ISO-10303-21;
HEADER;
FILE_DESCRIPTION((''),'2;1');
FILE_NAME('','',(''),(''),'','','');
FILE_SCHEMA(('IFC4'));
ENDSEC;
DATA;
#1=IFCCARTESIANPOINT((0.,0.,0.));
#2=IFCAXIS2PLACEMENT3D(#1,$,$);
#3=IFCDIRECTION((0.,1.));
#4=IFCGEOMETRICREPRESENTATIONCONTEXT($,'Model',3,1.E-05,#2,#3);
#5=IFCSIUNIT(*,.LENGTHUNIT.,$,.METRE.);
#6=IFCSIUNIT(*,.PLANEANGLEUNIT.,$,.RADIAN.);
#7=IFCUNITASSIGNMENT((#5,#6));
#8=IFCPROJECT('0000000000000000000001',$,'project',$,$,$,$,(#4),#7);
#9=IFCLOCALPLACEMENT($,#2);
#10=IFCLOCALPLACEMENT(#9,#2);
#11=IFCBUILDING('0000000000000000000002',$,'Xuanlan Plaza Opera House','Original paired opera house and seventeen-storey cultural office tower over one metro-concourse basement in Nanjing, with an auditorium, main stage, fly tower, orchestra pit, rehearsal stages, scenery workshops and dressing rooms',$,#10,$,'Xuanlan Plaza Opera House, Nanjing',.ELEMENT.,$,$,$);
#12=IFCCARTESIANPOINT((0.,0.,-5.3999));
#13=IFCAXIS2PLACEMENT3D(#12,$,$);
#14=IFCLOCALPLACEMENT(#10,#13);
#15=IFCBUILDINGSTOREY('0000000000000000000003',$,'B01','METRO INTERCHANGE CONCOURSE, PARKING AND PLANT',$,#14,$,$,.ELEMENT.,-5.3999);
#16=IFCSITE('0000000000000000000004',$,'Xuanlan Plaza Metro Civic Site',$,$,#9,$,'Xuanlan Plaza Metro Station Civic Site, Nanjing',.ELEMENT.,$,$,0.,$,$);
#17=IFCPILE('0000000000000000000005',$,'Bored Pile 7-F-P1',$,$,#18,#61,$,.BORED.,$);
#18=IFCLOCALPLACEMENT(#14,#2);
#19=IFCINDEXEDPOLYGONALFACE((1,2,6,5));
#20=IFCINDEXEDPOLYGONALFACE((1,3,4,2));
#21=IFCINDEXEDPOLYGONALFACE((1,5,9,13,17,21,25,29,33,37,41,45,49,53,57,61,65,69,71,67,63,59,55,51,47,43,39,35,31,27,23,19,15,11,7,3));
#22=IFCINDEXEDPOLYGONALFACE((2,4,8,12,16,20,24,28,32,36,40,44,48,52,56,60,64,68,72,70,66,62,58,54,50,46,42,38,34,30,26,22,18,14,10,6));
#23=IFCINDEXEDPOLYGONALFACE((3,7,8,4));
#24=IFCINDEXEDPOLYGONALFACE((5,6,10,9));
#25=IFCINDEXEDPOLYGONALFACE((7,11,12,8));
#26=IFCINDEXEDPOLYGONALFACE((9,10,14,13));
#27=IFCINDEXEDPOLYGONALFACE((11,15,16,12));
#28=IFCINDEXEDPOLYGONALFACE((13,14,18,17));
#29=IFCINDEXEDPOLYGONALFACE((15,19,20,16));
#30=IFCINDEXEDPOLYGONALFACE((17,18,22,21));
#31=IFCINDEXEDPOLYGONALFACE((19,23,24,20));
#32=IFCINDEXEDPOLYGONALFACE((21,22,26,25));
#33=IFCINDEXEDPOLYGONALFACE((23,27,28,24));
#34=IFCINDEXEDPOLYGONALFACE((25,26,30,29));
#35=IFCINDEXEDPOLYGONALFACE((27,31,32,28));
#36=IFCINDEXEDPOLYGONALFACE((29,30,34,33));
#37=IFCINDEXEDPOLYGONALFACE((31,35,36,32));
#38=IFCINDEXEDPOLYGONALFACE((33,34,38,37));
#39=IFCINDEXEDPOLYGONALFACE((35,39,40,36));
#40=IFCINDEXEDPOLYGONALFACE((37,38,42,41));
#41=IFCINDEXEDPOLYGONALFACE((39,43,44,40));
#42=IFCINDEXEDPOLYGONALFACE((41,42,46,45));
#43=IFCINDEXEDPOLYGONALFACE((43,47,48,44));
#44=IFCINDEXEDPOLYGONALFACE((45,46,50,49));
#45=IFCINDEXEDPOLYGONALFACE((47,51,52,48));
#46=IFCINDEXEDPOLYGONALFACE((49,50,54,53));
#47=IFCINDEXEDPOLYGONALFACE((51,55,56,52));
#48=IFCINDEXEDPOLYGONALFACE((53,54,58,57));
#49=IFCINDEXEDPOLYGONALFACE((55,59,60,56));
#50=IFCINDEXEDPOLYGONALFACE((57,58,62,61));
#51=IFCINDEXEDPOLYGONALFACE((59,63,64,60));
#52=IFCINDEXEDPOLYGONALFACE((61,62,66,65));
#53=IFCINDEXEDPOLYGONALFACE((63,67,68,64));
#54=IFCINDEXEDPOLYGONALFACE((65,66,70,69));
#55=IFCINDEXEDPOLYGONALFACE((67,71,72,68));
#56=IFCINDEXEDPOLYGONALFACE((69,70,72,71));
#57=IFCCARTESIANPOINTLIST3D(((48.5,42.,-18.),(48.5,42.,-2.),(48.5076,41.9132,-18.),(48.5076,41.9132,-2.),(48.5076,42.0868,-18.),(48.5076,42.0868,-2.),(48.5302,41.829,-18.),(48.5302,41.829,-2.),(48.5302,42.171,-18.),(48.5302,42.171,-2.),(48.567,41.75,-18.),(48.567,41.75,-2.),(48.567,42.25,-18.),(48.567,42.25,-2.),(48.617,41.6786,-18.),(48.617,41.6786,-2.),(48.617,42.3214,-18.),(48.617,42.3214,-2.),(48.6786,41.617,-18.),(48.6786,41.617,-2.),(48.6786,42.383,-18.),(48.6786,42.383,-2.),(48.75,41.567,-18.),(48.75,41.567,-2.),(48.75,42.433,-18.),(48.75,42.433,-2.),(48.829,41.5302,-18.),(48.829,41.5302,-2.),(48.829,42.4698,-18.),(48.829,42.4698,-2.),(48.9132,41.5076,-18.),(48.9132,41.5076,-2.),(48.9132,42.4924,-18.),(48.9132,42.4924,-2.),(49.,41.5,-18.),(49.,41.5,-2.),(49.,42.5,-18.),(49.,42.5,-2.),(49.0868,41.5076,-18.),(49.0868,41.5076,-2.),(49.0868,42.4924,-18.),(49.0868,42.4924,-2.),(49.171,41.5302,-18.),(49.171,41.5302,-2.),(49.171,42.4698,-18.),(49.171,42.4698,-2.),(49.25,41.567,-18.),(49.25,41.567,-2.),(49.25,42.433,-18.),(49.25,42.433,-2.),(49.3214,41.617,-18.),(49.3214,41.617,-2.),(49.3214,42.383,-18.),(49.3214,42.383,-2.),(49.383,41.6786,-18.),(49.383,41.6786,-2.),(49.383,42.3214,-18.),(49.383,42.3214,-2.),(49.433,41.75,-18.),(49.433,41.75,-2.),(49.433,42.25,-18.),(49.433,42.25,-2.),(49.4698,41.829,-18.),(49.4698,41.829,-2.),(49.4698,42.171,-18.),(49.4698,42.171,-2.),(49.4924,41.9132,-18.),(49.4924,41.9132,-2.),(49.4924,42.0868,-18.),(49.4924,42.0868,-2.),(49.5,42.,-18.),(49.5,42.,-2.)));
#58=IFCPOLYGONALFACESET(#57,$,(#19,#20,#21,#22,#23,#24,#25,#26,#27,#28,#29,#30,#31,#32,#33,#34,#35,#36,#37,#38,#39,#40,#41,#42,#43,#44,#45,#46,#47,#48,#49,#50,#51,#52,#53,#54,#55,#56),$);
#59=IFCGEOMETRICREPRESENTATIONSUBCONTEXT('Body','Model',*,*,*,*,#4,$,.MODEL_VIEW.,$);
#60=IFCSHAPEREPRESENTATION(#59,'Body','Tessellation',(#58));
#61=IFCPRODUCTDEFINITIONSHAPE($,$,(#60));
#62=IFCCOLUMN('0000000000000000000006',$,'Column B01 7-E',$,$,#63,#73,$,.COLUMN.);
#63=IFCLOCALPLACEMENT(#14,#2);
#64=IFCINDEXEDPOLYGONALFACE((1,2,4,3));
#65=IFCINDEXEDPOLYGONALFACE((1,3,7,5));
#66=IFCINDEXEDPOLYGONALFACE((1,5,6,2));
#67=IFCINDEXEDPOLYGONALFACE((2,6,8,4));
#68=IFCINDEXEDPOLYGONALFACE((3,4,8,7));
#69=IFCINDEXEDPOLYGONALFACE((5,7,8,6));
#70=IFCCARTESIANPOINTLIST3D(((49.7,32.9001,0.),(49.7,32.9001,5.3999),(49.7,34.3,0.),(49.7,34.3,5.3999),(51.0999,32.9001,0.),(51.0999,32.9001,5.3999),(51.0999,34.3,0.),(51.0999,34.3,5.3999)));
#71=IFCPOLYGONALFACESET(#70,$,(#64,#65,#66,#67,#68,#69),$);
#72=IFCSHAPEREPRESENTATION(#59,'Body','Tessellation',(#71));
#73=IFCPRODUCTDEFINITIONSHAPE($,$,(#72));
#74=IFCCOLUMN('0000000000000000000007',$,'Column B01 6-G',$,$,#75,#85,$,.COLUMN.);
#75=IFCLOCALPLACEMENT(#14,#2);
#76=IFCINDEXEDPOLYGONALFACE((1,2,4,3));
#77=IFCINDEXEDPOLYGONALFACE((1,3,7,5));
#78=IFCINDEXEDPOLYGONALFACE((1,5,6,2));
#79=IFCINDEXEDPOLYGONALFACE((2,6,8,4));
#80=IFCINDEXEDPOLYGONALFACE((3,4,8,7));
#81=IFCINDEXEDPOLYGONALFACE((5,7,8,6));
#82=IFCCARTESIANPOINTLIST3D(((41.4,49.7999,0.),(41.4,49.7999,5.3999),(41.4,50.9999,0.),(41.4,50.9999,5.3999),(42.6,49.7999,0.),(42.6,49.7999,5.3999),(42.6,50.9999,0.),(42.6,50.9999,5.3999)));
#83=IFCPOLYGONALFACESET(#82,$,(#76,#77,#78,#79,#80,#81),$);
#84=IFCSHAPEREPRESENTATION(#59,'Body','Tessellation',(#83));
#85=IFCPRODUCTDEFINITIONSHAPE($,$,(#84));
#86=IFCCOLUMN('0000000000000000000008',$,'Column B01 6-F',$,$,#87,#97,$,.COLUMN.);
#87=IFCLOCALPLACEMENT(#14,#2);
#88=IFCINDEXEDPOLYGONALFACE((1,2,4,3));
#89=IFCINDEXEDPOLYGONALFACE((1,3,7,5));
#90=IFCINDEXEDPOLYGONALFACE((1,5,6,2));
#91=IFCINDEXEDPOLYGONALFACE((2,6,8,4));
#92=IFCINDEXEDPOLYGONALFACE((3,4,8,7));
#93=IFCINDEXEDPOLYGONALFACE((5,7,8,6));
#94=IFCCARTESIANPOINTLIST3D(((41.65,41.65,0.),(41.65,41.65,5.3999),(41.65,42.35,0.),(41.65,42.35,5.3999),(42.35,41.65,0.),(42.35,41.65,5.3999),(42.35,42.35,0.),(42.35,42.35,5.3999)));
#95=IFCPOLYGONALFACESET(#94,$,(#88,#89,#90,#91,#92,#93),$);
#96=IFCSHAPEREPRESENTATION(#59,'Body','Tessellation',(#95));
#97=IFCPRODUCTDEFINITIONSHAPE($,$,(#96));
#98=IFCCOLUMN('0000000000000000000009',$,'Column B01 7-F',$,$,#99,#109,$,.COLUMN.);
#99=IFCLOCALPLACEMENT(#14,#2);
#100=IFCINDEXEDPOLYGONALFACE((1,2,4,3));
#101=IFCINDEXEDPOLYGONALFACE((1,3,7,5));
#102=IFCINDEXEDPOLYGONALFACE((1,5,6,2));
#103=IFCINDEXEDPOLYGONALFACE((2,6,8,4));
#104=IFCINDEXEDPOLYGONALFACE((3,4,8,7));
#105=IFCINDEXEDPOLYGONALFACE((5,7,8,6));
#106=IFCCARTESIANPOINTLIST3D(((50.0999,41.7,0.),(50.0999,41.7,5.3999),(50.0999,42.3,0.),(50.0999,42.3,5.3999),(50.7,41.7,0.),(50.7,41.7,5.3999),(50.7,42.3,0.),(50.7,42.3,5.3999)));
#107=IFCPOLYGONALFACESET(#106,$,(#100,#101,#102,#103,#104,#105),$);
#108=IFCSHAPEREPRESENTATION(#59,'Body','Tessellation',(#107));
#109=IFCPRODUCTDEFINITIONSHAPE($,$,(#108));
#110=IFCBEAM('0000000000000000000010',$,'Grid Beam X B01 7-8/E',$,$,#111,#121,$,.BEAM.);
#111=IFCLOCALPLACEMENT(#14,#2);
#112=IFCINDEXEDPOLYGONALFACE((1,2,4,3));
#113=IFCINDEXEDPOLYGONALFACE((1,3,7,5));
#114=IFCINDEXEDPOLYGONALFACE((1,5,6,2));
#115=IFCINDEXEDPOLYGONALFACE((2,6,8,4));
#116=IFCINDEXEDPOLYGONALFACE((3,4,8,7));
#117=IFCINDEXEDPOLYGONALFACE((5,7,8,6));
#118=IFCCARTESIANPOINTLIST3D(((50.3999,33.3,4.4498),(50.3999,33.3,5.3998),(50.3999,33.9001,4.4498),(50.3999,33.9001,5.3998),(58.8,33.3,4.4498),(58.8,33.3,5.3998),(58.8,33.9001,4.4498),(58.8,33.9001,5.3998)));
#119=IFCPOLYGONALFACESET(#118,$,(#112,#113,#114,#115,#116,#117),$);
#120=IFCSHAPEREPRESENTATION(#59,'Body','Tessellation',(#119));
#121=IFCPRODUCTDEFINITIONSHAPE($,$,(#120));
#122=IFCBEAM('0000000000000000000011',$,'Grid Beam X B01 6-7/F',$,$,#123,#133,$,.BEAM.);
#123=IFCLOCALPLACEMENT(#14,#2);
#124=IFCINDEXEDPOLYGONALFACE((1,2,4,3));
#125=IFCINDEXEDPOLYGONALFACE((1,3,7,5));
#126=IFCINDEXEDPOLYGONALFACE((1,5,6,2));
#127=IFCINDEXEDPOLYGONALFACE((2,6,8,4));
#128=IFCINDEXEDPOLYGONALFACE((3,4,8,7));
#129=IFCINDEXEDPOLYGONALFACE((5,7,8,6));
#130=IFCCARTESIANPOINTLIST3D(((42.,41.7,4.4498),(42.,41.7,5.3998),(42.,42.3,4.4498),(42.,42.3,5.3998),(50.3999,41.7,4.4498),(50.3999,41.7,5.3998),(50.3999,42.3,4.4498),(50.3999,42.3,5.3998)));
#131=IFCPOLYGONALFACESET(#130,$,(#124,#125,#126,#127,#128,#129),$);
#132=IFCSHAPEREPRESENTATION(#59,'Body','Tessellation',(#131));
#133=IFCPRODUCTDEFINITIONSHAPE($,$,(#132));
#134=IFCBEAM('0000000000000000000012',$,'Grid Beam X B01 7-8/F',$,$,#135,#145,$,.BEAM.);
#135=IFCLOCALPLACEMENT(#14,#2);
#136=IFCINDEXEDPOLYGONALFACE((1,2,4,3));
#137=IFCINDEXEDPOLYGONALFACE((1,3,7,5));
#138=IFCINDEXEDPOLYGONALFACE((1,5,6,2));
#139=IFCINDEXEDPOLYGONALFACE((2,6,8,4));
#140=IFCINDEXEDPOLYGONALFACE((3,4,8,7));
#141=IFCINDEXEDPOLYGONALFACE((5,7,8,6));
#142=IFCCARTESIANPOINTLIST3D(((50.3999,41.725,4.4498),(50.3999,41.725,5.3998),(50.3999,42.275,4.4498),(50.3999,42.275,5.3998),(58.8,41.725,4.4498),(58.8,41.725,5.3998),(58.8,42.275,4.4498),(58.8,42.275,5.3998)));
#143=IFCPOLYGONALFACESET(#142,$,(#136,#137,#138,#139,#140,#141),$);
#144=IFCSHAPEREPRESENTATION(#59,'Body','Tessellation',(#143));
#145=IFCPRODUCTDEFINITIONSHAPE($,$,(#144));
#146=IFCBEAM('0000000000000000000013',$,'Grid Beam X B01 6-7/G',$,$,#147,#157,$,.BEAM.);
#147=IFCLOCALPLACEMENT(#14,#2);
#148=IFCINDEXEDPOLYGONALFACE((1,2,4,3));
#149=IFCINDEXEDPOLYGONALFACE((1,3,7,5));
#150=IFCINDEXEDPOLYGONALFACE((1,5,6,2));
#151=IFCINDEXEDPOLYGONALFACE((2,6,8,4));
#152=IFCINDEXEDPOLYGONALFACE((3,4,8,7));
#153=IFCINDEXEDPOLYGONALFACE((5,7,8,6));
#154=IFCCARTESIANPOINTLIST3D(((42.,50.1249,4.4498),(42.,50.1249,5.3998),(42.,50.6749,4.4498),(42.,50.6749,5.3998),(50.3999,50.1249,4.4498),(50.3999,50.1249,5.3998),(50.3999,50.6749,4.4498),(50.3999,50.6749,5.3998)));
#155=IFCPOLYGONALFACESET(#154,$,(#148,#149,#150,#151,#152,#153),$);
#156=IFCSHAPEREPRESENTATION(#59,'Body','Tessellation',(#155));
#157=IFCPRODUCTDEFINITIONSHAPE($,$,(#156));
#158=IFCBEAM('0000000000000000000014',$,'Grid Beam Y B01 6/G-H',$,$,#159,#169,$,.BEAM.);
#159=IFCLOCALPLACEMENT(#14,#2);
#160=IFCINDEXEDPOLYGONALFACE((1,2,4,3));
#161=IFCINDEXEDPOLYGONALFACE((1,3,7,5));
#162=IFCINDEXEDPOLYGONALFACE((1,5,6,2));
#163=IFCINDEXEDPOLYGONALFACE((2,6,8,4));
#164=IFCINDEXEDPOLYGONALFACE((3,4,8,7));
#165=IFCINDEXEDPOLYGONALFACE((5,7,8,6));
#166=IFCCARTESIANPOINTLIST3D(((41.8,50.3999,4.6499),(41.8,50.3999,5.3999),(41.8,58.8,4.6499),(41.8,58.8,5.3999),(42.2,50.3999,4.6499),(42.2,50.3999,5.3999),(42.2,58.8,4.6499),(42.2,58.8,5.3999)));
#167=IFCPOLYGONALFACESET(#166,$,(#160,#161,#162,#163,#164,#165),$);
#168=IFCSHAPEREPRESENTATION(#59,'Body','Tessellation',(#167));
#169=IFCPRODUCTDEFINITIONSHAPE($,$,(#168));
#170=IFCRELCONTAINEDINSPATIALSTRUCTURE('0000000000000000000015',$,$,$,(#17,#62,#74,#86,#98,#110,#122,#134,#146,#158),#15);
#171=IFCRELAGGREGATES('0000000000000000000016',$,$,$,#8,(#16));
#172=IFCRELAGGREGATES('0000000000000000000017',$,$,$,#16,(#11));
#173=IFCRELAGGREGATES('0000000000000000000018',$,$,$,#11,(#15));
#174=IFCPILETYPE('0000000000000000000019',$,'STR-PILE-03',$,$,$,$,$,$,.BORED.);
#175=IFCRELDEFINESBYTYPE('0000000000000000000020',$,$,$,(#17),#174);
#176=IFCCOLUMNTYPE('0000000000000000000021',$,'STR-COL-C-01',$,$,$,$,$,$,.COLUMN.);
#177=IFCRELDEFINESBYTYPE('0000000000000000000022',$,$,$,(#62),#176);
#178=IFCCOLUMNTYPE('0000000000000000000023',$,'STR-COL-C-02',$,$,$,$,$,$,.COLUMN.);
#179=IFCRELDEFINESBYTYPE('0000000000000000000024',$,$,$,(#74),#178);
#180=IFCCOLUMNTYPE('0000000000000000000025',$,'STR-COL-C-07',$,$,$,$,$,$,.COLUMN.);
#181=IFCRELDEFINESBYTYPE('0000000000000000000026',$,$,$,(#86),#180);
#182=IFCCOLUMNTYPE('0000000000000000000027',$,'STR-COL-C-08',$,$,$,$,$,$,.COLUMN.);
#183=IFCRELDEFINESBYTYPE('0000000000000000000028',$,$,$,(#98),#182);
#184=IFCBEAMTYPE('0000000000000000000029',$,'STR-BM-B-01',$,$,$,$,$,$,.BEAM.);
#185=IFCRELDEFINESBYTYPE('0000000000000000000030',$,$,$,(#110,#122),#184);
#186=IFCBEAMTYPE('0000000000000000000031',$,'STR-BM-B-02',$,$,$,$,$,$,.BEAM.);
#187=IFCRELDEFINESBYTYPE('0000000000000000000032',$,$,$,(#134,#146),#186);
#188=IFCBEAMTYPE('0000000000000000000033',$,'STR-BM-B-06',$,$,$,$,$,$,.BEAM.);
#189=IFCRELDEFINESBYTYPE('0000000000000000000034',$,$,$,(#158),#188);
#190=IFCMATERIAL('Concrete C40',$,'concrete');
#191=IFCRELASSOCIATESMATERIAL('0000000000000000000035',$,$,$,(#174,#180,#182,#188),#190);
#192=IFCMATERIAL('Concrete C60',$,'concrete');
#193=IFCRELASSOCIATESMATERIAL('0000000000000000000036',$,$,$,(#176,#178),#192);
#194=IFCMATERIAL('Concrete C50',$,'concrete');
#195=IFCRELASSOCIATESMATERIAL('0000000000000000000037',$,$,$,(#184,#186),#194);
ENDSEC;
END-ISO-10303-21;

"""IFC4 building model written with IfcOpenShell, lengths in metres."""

from ifc_helpers import new_model, si_unit, direction, frame, origin, origin_2d, place, context, subcontext, project, spatial, rectangle, circle, extrude, material, material_profile, profile_set, type_object, element, save


model = new_model("IFC4")

# Units and contexts
model_context = context("Model", 3, precision=1e-05, world=origin(), true_north=direction((0.0, 1.0)))
body_context = subcontext(model_context, "Body", "Model", "MODEL_VIEW")
ifc_project = project(units=[si_unit("LENGTHUNIT", "METRE"), si_unit("PLANEANGLEUNIT", "RADIAN")], contexts=[model_context])

# Site, building, storey
site_placement = place(None, origin())
site = spatial("IfcSite", under=ifc_project, at=site_placement, Name="Xuanlan Plaza Metro Civic Site", LongName="Xuanlan Plaza Metro Station Civic Site, Nanjing", CompositionType="ELEMENT", RefElevation=0.0)
building_placement = place(site_placement, origin())
building = spatial("IfcBuilding", under=site, at=building_placement, Name="Xuanlan Plaza Opera House", Description="Original paired opera house and seventeen-storey cultural office tower over one metro-concourse basement in Nanjing, with an auditorium, main stage, fly tower, orchestra pit, rehearsal stages, scenery workshops and dressing rooms", LongName="Xuanlan Plaza Opera House, Nanjing", CompositionType="ELEMENT")
storey_placement = place(building_placement, frame((0.0, 0.0, -5.3999)))
storey = spatial("IfcBuildingStorey", under=building, at=storey_placement, Name="B01", Description="METRO INTERCHANGE CONCOURSE, PARKING AND PLANT", CompositionType="ELEMENT", Elevation=-5.3999)

# Shared definitions
ifc_material_1 = material(Name="Concrete C40", Category="concrete")
ifc_material_2 = material(Name="Concrete C50", Category="concrete")

# Pile
ifc_material_profile_1 = material_profile(ifc_material_1, circle(Radius=0.5, at=origin_2d()), Name="PILE D1000")
ifc_profile_set_1 = profile_set([ifc_material_profile_1], Name="Concrete C40")
pile_type_1 = type_object("IfcPileType", Name="STR-PILE-03", PredefinedType="BORED", material=ifc_profile_set_1)
for number, where, z_axis, x_axis, name in (
    (1, (49.0, 42.0, -2.0), (0.0, 0.0, -1.0), (1.0, 0.0, 0.0), "Bored Pile 7-F-P1"),
):
    element("IfcPile", number, at=place(storey_placement, frame(where, z_axis=z_axis, x_axis=x_axis)), inside=storey, type_object=pile_type_1, Name=name, PredefinedType="BORED", context=body_context, shape_type="SweptSolid", body=[
        extrude(circle(Radius=0.5, at=origin_2d()), origin(), (0.0, 0.0, 1.0), 16.0),
    ])

# Columns
ifc_material_3 = material(Name="Concrete C60", Category="concrete")
ifc_material_profile_2 = material_profile(ifc_material_3, rectangle(XDim=1.3999, YDim=1.3999, at=origin_2d()), Name="RC-COL 1400x1400")
ifc_profile_set_2 = profile_set([ifc_material_profile_2], Name="Concrete C60")
column_type_1 = type_object("IfcColumnType", Name="STR-COL-C-01", PredefinedType="COLUMN", material=ifc_profile_set_2)
column_1_placement = place(storey_placement, frame((50.3999, 33.6001, 0.0), z_axis=(0.0, 0.0, 1.0), x_axis=(1.0, 0.0, 0.0)))
element("IfcColumn", 2, at=column_1_placement, inside=storey, type_object=column_type_1, Name="Column B01 7-E", PredefinedType="COLUMN", context=body_context, shape_type="SweptSolid", body=[
    extrude(rectangle(XDim=1.3999, YDim=1.3999, at=origin_2d()), origin(), (0.0, 0.0, 1.0), 5.3999),
])
ifc_material_profile_3 = material_profile(ifc_material_3, rectangle(XDim=1.2, YDim=1.2, at=origin_2d()), Name="RC-COL 1200x1200")
ifc_profile_set_3 = profile_set([ifc_material_profile_3], Name="Concrete C60")
column_type_2 = type_object("IfcColumnType", Name="STR-COL-C-02", PredefinedType="COLUMN", material=ifc_profile_set_3)
column_2_placement = place(storey_placement, frame((42.0, 50.3999, 0.0), z_axis=(0.0, 0.0, 1.0), x_axis=(1.0, 0.0, 0.0)))
element("IfcColumn", 3, at=column_2_placement, inside=storey, type_object=column_type_2, Name="Column B01 6-G", PredefinedType="COLUMN", context=body_context, shape_type="SweptSolid", body=[
    extrude(rectangle(XDim=1.2, YDim=1.2, at=origin_2d()), origin(), (0.0, 0.0, 1.0), 5.3999),
])
ifc_material_profile_4 = material_profile(ifc_material_1, rectangle(XDim=0.7, YDim=0.7, at=origin_2d()), Name="RC-COL 700x700")
ifc_profile_set_4 = profile_set([ifc_material_profile_4], Name="Concrete C40")
column_type_3 = type_object("IfcColumnType", Name="STR-COL-C-07", PredefinedType="COLUMN", material=ifc_profile_set_4)
column_3_placement = place(storey_placement, frame((42.0, 42.0, 0.0), z_axis=(0.0, 0.0, 1.0), x_axis=(1.0, 0.0, 0.0)))
element("IfcColumn", 4, at=column_3_placement, inside=storey, type_object=column_type_3, Name="Column B01 6-F", PredefinedType="COLUMN", context=body_context, shape_type="SweptSolid", body=[
    extrude(rectangle(XDim=0.7, YDim=0.7, at=origin_2d()), origin(), (0.0, 0.0, 1.0), 5.3999),
])
ifc_material_profile_5 = material_profile(ifc_material_1, rectangle(XDim=0.6001, YDim=0.6001, at=origin_2d()), Name="RC-COL 600x600")
ifc_profile_set_5 = profile_set([ifc_material_profile_5], Name="Concrete C40")
column_type_4 = type_object("IfcColumnType", Name="STR-COL-C-08", PredefinedType="COLUMN", material=ifc_profile_set_5)
column_4_placement = place(storey_placement, frame((50.3999, 42.0, 0.0), z_axis=(0.0, 0.0, 1.0), x_axis=(1.0, 0.0, 0.0)))
element("IfcColumn", 5, at=column_4_placement, inside=storey, type_object=column_type_4, Name="Column B01 7-F", PredefinedType="COLUMN", context=body_context, shape_type="SweptSolid", body=[
    extrude(rectangle(XDim=0.6001, YDim=0.6001, at=origin_2d()), origin(), (0.0, 0.0, 1.0), 5.3999),
])

# Beams
ifc_material_profile_6 = material_profile(ifc_material_2, rectangle(XDim=0.6001, YDim=0.95, at=origin_2d()), Name="RC-BM 600x950")
ifc_profile_set_6 = profile_set([ifc_material_profile_6], Name="Concrete C50")
beam_type_1 = type_object("IfcBeamType", Name="STR-BM-B-01", PredefinedType="BEAM", material=ifc_profile_set_6)
beam_1_placement = place(storey_placement, frame((50.3999, 33.6001, 4.9248), z_axis=(1.0, 0.0, 0.0), x_axis=(0.0, 1.0, 0.0)))
element("IfcBeam", 6, at=beam_1_placement, inside=storey, type_object=beam_type_1, Name="Grid Beam X B01 7-8/E", PredefinedType="BEAM", context=body_context, shape_type="SweptSolid", body=[
    extrude(rectangle(XDim=0.6001, YDim=0.95, at=origin_2d()), origin(), (0.0, 0.0, 1.0), 8.4001),
])
beam_2_placement = place(storey_placement, frame((42.0, 42.0, 4.9248), z_axis=(1.0, 0.0, 0.0), x_axis=(0.0, 1.0, 0.0)))
element("IfcBeam", 7, at=beam_2_placement, inside=storey, type_object=beam_type_1, Name="Grid Beam X B01 6-7/F", PredefinedType="BEAM", context=body_context, shape_type="SweptSolid", body=[
    extrude(rectangle(XDim=0.6001, YDim=0.95, at=origin_2d()), origin(), (0.0, 0.0, 1.0), 8.3999),
])
ifc_material_profile_7 = material_profile(ifc_material_2, rectangle(XDim=0.55, YDim=0.95, at=origin_2d()), Name="RC-BM 550x950")
ifc_profile_set_7 = profile_set([ifc_material_profile_7], Name="Concrete C50")
beam_type_2 = type_object("IfcBeamType", Name="STR-BM-B-02", PredefinedType="BEAM", material=ifc_profile_set_7)
beam_3_placement = place(storey_placement, frame((50.3999, 42.0, 4.9248), z_axis=(1.0, 0.0, 0.0), x_axis=(0.0, 1.0, 0.0)))
element("IfcBeam", 8, at=beam_3_placement, inside=storey, type_object=beam_type_2, Name="Grid Beam X B01 7-8/F", PredefinedType="BEAM", context=body_context, shape_type="SweptSolid", body=[
    extrude(rectangle(XDim=0.55, YDim=0.95, at=origin_2d()), origin(), (0.0, 0.0, 1.0), 8.4001),
])
beam_4_placement = place(storey_placement, frame((42.0, 50.3999, 4.9248), z_axis=(1.0, 0.0, 0.0), x_axis=(0.0, 1.0, 0.0)))
element("IfcBeam", 9, at=beam_4_placement, inside=storey, type_object=beam_type_2, Name="Grid Beam X B01 6-7/G", PredefinedType="BEAM", context=body_context, shape_type="SweptSolid", body=[
    extrude(rectangle(XDim=0.55, YDim=0.95, at=origin_2d()), origin(), (0.0, 0.0, 1.0), 8.3999),
])
ifc_material_profile_8 = material_profile(ifc_material_1, rectangle(XDim=0.3999, YDim=0.75, at=origin_2d()), Name="RC-BM 400x750")
ifc_profile_set_8 = profile_set([ifc_material_profile_8], Name="Concrete C40")
beam_type_3 = type_object("IfcBeamType", Name="STR-BM-B-06", PredefinedType="BEAM", material=ifc_profile_set_8)
beam_5_placement = place(storey_placement, frame((42.0, 50.3999, 5.0249), z_axis=(0.0, 1.0, 0.0), x_axis=(-1.0, 0.0, 0.0)))
element("IfcBeam", 10, at=beam_5_placement, inside=storey, type_object=beam_type_3, Name="Grid Beam Y B01 6/G-H", PredefinedType="BEAM", context=body_context, shape_type="SweptSolid", body=[
    extrude(rectangle(XDim=0.3999, YDim=0.75, at=origin_2d()), origin(), (0.0, 0.0, 1.0), 8.4001),
])

save(model, "model.ifc")
